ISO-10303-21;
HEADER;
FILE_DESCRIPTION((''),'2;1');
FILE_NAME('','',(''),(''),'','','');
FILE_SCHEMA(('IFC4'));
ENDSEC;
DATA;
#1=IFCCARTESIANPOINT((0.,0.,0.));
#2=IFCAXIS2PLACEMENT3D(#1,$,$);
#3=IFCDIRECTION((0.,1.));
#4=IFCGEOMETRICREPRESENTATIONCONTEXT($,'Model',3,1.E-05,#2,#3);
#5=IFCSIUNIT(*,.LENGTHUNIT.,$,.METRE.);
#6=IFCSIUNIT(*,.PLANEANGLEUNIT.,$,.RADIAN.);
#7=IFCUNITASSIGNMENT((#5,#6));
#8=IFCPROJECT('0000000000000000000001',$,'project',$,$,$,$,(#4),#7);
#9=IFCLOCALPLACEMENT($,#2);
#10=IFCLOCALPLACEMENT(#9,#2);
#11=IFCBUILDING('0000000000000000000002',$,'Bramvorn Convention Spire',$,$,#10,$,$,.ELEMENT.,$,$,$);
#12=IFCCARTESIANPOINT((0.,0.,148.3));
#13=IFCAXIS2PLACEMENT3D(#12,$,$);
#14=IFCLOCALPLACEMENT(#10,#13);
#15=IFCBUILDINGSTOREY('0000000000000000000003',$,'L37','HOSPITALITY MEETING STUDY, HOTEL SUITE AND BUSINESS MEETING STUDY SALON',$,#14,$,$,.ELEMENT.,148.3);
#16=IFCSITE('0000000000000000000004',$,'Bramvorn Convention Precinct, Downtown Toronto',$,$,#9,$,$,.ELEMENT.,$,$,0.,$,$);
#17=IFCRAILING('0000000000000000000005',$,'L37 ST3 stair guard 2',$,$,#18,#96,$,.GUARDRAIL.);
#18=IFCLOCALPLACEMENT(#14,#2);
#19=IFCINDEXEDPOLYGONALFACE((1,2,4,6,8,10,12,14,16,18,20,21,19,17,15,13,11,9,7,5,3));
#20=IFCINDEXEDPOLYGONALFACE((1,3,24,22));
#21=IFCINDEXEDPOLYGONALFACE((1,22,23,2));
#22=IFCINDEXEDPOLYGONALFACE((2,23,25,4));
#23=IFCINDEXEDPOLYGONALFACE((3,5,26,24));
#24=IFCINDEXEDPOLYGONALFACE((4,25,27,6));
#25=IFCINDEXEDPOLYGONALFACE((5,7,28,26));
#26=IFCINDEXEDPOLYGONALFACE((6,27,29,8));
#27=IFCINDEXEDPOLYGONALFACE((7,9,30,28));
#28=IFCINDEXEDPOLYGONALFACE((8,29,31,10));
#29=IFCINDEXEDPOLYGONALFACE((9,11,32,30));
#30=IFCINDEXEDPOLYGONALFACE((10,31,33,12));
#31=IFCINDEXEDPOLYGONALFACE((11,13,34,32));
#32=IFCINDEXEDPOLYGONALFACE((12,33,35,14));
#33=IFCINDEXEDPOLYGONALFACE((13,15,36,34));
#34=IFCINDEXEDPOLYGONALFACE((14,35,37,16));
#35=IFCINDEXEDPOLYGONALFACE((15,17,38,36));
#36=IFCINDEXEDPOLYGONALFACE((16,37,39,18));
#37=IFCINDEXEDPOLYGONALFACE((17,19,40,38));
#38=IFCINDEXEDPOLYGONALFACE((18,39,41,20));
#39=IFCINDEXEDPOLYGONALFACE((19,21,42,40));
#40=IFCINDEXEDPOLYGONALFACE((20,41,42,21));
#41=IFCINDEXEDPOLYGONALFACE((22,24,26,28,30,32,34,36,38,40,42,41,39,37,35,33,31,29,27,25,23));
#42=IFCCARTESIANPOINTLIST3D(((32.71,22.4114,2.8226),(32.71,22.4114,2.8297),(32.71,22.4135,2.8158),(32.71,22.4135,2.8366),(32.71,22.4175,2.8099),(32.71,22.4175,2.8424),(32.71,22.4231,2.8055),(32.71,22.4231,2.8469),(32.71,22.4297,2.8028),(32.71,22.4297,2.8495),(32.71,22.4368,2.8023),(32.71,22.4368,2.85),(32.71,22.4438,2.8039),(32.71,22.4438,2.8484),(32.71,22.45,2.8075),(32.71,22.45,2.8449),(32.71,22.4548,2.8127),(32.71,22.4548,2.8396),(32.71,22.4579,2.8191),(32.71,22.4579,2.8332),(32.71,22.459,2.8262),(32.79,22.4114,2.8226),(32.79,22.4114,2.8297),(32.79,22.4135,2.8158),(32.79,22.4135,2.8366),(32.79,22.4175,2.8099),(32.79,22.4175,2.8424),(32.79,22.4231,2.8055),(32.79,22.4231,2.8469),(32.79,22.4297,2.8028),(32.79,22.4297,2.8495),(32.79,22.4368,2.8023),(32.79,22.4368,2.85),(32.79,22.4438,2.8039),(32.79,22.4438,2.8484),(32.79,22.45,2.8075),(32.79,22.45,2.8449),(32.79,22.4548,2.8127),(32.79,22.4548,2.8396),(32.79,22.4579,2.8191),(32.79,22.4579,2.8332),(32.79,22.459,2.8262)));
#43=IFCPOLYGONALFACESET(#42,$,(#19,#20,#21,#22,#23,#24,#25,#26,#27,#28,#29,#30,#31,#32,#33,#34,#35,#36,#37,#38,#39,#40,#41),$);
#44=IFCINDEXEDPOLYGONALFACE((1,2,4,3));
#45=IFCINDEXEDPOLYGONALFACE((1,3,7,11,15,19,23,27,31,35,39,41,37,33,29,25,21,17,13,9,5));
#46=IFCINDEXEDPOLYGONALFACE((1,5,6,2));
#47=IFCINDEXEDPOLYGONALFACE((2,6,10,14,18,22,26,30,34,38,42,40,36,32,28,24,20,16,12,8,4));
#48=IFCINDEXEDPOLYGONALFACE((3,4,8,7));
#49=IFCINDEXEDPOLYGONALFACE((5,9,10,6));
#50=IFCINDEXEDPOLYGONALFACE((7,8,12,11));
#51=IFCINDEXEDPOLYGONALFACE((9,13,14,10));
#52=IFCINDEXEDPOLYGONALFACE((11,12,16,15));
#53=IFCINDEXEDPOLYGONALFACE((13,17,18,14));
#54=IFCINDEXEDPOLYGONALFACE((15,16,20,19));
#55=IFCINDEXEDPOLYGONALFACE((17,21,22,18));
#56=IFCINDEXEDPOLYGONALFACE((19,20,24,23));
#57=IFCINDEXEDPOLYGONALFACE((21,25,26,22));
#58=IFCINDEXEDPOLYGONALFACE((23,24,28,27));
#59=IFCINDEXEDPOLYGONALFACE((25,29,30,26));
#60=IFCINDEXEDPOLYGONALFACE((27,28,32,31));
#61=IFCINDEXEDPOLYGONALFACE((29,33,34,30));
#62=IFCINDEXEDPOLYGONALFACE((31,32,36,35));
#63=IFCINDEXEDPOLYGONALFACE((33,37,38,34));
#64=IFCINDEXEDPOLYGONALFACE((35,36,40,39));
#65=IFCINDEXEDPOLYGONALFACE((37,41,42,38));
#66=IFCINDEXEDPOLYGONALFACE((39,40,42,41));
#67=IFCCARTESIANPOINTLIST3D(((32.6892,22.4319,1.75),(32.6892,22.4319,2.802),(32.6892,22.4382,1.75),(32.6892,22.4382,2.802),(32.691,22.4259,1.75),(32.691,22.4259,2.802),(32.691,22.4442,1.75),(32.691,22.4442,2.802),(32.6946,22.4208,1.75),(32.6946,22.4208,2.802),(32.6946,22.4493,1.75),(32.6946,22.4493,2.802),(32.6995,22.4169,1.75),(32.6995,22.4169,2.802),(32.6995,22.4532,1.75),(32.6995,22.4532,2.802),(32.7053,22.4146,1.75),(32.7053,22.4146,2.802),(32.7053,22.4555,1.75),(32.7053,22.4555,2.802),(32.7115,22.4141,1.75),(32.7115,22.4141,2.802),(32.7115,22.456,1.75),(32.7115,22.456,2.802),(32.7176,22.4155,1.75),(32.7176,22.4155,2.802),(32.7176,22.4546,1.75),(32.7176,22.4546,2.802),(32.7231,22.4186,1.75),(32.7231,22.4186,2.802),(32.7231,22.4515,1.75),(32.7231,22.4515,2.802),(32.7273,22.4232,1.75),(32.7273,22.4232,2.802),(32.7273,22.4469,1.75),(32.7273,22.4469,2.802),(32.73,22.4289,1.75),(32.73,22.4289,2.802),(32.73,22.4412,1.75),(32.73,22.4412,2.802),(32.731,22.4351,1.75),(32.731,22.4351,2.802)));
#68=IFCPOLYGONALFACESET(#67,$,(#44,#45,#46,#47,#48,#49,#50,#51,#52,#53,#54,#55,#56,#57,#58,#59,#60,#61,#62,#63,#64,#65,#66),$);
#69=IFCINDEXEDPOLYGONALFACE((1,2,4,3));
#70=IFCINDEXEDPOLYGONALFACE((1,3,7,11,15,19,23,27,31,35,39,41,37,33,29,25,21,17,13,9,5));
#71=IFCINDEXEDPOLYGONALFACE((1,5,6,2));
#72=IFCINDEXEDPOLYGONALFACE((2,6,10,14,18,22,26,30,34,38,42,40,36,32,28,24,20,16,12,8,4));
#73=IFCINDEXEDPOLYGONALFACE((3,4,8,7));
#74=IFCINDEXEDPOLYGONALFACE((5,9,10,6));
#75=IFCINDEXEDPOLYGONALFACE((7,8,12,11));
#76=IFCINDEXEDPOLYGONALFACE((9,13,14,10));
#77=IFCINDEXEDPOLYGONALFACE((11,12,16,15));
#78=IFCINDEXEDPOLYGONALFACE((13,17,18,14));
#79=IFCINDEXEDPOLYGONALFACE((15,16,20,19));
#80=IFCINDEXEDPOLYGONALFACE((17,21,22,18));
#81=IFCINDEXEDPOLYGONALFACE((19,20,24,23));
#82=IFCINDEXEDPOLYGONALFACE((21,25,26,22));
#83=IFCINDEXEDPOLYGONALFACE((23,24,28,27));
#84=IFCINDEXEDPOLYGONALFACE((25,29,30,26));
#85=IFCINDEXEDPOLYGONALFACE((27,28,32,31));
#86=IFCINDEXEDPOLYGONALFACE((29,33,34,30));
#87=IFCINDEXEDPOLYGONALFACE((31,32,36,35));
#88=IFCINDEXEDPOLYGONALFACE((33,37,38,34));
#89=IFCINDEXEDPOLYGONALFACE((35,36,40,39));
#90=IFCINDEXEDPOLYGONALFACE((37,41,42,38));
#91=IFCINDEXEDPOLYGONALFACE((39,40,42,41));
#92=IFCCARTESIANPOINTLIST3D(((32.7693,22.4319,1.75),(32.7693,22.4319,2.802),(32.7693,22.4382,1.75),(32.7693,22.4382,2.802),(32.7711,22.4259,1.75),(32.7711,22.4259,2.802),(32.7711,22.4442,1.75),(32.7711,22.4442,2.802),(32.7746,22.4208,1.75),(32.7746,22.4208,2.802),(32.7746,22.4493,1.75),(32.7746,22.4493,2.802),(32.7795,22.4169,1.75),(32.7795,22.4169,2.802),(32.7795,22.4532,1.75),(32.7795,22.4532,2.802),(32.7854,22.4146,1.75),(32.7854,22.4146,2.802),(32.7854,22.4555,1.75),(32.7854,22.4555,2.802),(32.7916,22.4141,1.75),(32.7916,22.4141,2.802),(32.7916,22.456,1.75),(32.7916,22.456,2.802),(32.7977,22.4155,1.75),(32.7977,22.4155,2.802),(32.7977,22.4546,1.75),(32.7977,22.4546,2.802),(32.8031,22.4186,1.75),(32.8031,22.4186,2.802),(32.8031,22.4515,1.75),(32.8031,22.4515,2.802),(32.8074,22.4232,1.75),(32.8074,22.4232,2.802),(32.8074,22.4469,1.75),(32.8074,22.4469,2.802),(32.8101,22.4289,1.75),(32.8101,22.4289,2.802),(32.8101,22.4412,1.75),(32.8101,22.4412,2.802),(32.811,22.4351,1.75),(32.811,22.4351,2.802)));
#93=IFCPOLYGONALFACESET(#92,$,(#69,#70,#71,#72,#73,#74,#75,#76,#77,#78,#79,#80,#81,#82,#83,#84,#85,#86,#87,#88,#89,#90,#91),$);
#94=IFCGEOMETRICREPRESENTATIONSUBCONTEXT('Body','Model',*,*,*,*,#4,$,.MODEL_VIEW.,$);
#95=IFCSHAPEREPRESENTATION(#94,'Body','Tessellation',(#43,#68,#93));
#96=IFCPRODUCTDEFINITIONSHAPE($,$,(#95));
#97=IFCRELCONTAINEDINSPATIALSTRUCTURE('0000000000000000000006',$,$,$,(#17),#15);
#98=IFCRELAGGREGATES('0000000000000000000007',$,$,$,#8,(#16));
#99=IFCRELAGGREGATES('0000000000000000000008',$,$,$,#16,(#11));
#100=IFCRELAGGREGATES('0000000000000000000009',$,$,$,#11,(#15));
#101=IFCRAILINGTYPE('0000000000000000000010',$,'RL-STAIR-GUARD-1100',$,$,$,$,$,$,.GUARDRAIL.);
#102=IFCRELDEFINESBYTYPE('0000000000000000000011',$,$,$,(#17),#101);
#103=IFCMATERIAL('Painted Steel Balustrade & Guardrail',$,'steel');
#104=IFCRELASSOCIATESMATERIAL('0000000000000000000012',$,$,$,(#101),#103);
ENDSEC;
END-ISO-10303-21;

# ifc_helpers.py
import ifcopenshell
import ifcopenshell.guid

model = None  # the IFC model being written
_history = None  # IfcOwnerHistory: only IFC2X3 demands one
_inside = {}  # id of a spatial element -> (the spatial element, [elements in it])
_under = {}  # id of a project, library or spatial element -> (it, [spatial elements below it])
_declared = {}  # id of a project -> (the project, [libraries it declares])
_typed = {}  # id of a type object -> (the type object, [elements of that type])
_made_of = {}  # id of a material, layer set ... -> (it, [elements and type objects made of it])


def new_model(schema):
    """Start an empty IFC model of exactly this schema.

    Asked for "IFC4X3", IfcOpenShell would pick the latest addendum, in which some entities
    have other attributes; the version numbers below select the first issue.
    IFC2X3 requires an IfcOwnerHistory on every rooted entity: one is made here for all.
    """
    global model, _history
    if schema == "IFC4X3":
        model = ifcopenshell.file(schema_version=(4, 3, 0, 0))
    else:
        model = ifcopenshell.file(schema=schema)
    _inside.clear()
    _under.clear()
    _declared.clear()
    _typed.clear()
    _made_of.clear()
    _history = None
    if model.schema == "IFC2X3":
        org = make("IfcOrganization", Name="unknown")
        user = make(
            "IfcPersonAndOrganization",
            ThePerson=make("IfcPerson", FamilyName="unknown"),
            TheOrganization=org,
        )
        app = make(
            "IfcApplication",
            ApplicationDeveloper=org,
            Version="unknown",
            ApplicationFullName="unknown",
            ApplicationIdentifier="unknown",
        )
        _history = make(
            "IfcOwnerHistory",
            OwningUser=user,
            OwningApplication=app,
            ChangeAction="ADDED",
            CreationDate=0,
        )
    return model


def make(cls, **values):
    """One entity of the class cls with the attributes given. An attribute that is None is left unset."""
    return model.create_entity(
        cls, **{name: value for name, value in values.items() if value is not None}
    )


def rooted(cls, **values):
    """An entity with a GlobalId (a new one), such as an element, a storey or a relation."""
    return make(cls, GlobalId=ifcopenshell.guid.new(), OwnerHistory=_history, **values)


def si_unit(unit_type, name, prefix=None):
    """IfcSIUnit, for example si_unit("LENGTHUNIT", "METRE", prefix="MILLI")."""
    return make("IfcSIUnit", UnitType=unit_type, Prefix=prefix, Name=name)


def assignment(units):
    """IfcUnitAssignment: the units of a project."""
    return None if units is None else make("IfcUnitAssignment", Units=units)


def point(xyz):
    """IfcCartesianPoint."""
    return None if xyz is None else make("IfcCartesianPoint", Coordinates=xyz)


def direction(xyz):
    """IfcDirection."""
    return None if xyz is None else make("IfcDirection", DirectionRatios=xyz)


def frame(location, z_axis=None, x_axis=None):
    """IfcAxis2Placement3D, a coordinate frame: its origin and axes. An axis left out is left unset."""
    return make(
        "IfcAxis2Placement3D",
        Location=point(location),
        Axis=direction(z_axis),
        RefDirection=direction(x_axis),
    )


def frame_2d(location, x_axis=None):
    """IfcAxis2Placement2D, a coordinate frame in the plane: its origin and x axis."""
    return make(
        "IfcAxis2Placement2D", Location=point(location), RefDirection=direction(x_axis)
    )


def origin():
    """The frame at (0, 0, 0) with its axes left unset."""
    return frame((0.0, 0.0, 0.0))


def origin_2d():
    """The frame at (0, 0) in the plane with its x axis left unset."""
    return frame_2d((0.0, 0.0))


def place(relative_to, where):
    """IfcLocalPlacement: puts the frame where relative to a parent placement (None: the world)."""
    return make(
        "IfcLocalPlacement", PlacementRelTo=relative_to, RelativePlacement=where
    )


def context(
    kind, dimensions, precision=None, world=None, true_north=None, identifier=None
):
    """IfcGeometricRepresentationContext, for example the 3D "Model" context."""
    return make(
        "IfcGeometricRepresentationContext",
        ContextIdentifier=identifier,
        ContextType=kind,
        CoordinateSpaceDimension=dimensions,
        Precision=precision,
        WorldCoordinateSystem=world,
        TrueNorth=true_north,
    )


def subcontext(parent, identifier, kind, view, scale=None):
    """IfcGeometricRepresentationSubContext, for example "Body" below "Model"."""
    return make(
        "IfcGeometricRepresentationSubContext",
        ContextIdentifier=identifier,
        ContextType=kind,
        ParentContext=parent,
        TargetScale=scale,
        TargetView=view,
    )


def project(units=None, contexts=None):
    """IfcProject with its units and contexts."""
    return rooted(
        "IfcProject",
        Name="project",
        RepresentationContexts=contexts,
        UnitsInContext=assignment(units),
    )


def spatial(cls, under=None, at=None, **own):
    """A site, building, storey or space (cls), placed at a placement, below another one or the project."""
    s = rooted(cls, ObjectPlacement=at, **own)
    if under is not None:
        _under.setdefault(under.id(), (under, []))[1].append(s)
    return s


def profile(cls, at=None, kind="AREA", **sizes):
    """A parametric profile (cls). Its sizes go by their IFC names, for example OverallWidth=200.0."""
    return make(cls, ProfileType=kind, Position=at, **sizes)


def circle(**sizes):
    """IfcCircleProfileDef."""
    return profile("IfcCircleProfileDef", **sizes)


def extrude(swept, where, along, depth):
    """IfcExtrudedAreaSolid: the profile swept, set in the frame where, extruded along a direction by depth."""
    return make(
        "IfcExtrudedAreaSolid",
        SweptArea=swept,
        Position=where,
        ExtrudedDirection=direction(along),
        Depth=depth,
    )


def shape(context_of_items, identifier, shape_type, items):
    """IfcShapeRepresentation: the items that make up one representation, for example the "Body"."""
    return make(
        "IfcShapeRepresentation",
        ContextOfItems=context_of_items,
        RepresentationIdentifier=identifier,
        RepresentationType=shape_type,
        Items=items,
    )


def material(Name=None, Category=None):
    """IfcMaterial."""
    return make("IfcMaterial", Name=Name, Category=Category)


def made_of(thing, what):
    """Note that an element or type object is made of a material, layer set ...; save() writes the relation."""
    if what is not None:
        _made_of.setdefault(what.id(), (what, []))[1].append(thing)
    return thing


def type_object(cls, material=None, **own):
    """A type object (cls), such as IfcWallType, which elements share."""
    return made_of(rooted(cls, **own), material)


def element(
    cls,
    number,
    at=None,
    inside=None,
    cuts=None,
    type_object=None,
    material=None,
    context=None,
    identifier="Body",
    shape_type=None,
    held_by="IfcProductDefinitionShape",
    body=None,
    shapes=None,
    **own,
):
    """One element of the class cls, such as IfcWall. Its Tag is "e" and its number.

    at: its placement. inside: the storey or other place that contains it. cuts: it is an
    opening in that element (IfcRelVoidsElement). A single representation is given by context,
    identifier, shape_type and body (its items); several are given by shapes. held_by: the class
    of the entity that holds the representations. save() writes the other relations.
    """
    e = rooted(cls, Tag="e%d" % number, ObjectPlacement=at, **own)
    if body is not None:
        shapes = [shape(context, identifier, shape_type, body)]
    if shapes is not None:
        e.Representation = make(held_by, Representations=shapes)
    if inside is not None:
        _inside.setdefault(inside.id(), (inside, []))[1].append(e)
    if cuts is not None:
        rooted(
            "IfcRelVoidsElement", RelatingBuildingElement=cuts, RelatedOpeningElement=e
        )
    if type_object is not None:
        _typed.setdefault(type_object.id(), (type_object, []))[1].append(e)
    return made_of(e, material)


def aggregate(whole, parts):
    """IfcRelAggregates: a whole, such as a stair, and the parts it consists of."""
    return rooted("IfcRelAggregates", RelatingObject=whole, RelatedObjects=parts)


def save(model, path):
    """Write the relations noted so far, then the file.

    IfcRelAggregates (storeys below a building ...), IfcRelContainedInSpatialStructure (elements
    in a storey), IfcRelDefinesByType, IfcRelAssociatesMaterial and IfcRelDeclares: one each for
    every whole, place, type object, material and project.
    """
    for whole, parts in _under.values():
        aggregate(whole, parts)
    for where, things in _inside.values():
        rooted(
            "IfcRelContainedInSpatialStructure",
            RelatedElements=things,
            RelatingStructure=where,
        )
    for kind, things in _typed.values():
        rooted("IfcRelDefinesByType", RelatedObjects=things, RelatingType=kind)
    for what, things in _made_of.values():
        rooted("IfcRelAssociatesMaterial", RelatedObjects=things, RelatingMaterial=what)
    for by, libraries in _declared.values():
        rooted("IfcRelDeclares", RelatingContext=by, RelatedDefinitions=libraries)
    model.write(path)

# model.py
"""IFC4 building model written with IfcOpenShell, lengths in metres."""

from ifc_helpers import new_model, si_unit, direction, frame, origin, origin_2d, place, context, subcontext, project, spatial, circle, extrude, material, type_object, element, save


model = new_model("IFC4")

# Units and contexts
model_context = context("Model", 3, precision=1e-05, world=origin(), true_north=direction((0.0, 1.0)))
body_context = subcontext(model_context, "Body", "Model", "MODEL_VIEW")
ifc_project = project(units=[si_unit("LENGTHUNIT", "METRE"), si_unit("PLANEANGLEUNIT", "RADIAN")], contexts=[model_context])

# Site, building, storey
site_placement = place(None, origin())
site = spatial("IfcSite", under=ifc_project, at=site_placement, Name="Bramvorn Convention Precinct, Downtown Toronto", CompositionType="ELEMENT", RefElevation=0.0)
building_placement = place(site_placement, origin())
building = spatial("IfcBuilding", under=site, at=building_placement, Name="Bramvorn Convention Spire", CompositionType="ELEMENT")
storey_placement = place(building_placement, frame((0.0, 0.0, 148.3)))
storey = spatial("IfcBuildingStorey", under=building, at=storey_placement, Name="L37", Description="HOSPITALITY MEETING STUDY, HOTEL SUITE AND BUSINESS MEETING STUDY SALON", CompositionType="ELEMENT", Elevation=148.3)

# Railing
ifc_material_1 = material(Name="Painted Steel Balustrade & Guardrail", Category="steel")
railing_type_1 = type_object("IfcRailingType", Name="RL-STAIR-GUARD-1100", PredefinedType="GUARDRAIL", material=ifc_material_1)
railing_1_placement = place(storey_placement, frame((32.71, 22.4351, 1.75)))
element("IfcRailing", 1, at=railing_1_placement, inside=storey, type_object=railing_type_1, Name="L37 ST3 stair guard 2", PredefinedType="GUARDRAIL", context=body_context, shape_type="SweptSolid", body=[
    extrude(circle(Radius=0.0239, at=origin_2d()), frame((0.0, 0.0, 1.0762), z_axis=(1.0, 0.0, 0.0), x_axis=(0.0, 1.0, 0.0)), (0.0, 0.0, 1.0), 0.0801),
    extrude(circle(Radius=0.021, at=origin_2d()), origin(), (0.0, 0.0, 1.0), 1.052),
    extrude(circle(Radius=0.021, at=origin_2d()), frame((0.0801, 0.0, 0.0)), (0.0, 0.0, 1.0), 1.052),
])

save(model, "model.ifc")
